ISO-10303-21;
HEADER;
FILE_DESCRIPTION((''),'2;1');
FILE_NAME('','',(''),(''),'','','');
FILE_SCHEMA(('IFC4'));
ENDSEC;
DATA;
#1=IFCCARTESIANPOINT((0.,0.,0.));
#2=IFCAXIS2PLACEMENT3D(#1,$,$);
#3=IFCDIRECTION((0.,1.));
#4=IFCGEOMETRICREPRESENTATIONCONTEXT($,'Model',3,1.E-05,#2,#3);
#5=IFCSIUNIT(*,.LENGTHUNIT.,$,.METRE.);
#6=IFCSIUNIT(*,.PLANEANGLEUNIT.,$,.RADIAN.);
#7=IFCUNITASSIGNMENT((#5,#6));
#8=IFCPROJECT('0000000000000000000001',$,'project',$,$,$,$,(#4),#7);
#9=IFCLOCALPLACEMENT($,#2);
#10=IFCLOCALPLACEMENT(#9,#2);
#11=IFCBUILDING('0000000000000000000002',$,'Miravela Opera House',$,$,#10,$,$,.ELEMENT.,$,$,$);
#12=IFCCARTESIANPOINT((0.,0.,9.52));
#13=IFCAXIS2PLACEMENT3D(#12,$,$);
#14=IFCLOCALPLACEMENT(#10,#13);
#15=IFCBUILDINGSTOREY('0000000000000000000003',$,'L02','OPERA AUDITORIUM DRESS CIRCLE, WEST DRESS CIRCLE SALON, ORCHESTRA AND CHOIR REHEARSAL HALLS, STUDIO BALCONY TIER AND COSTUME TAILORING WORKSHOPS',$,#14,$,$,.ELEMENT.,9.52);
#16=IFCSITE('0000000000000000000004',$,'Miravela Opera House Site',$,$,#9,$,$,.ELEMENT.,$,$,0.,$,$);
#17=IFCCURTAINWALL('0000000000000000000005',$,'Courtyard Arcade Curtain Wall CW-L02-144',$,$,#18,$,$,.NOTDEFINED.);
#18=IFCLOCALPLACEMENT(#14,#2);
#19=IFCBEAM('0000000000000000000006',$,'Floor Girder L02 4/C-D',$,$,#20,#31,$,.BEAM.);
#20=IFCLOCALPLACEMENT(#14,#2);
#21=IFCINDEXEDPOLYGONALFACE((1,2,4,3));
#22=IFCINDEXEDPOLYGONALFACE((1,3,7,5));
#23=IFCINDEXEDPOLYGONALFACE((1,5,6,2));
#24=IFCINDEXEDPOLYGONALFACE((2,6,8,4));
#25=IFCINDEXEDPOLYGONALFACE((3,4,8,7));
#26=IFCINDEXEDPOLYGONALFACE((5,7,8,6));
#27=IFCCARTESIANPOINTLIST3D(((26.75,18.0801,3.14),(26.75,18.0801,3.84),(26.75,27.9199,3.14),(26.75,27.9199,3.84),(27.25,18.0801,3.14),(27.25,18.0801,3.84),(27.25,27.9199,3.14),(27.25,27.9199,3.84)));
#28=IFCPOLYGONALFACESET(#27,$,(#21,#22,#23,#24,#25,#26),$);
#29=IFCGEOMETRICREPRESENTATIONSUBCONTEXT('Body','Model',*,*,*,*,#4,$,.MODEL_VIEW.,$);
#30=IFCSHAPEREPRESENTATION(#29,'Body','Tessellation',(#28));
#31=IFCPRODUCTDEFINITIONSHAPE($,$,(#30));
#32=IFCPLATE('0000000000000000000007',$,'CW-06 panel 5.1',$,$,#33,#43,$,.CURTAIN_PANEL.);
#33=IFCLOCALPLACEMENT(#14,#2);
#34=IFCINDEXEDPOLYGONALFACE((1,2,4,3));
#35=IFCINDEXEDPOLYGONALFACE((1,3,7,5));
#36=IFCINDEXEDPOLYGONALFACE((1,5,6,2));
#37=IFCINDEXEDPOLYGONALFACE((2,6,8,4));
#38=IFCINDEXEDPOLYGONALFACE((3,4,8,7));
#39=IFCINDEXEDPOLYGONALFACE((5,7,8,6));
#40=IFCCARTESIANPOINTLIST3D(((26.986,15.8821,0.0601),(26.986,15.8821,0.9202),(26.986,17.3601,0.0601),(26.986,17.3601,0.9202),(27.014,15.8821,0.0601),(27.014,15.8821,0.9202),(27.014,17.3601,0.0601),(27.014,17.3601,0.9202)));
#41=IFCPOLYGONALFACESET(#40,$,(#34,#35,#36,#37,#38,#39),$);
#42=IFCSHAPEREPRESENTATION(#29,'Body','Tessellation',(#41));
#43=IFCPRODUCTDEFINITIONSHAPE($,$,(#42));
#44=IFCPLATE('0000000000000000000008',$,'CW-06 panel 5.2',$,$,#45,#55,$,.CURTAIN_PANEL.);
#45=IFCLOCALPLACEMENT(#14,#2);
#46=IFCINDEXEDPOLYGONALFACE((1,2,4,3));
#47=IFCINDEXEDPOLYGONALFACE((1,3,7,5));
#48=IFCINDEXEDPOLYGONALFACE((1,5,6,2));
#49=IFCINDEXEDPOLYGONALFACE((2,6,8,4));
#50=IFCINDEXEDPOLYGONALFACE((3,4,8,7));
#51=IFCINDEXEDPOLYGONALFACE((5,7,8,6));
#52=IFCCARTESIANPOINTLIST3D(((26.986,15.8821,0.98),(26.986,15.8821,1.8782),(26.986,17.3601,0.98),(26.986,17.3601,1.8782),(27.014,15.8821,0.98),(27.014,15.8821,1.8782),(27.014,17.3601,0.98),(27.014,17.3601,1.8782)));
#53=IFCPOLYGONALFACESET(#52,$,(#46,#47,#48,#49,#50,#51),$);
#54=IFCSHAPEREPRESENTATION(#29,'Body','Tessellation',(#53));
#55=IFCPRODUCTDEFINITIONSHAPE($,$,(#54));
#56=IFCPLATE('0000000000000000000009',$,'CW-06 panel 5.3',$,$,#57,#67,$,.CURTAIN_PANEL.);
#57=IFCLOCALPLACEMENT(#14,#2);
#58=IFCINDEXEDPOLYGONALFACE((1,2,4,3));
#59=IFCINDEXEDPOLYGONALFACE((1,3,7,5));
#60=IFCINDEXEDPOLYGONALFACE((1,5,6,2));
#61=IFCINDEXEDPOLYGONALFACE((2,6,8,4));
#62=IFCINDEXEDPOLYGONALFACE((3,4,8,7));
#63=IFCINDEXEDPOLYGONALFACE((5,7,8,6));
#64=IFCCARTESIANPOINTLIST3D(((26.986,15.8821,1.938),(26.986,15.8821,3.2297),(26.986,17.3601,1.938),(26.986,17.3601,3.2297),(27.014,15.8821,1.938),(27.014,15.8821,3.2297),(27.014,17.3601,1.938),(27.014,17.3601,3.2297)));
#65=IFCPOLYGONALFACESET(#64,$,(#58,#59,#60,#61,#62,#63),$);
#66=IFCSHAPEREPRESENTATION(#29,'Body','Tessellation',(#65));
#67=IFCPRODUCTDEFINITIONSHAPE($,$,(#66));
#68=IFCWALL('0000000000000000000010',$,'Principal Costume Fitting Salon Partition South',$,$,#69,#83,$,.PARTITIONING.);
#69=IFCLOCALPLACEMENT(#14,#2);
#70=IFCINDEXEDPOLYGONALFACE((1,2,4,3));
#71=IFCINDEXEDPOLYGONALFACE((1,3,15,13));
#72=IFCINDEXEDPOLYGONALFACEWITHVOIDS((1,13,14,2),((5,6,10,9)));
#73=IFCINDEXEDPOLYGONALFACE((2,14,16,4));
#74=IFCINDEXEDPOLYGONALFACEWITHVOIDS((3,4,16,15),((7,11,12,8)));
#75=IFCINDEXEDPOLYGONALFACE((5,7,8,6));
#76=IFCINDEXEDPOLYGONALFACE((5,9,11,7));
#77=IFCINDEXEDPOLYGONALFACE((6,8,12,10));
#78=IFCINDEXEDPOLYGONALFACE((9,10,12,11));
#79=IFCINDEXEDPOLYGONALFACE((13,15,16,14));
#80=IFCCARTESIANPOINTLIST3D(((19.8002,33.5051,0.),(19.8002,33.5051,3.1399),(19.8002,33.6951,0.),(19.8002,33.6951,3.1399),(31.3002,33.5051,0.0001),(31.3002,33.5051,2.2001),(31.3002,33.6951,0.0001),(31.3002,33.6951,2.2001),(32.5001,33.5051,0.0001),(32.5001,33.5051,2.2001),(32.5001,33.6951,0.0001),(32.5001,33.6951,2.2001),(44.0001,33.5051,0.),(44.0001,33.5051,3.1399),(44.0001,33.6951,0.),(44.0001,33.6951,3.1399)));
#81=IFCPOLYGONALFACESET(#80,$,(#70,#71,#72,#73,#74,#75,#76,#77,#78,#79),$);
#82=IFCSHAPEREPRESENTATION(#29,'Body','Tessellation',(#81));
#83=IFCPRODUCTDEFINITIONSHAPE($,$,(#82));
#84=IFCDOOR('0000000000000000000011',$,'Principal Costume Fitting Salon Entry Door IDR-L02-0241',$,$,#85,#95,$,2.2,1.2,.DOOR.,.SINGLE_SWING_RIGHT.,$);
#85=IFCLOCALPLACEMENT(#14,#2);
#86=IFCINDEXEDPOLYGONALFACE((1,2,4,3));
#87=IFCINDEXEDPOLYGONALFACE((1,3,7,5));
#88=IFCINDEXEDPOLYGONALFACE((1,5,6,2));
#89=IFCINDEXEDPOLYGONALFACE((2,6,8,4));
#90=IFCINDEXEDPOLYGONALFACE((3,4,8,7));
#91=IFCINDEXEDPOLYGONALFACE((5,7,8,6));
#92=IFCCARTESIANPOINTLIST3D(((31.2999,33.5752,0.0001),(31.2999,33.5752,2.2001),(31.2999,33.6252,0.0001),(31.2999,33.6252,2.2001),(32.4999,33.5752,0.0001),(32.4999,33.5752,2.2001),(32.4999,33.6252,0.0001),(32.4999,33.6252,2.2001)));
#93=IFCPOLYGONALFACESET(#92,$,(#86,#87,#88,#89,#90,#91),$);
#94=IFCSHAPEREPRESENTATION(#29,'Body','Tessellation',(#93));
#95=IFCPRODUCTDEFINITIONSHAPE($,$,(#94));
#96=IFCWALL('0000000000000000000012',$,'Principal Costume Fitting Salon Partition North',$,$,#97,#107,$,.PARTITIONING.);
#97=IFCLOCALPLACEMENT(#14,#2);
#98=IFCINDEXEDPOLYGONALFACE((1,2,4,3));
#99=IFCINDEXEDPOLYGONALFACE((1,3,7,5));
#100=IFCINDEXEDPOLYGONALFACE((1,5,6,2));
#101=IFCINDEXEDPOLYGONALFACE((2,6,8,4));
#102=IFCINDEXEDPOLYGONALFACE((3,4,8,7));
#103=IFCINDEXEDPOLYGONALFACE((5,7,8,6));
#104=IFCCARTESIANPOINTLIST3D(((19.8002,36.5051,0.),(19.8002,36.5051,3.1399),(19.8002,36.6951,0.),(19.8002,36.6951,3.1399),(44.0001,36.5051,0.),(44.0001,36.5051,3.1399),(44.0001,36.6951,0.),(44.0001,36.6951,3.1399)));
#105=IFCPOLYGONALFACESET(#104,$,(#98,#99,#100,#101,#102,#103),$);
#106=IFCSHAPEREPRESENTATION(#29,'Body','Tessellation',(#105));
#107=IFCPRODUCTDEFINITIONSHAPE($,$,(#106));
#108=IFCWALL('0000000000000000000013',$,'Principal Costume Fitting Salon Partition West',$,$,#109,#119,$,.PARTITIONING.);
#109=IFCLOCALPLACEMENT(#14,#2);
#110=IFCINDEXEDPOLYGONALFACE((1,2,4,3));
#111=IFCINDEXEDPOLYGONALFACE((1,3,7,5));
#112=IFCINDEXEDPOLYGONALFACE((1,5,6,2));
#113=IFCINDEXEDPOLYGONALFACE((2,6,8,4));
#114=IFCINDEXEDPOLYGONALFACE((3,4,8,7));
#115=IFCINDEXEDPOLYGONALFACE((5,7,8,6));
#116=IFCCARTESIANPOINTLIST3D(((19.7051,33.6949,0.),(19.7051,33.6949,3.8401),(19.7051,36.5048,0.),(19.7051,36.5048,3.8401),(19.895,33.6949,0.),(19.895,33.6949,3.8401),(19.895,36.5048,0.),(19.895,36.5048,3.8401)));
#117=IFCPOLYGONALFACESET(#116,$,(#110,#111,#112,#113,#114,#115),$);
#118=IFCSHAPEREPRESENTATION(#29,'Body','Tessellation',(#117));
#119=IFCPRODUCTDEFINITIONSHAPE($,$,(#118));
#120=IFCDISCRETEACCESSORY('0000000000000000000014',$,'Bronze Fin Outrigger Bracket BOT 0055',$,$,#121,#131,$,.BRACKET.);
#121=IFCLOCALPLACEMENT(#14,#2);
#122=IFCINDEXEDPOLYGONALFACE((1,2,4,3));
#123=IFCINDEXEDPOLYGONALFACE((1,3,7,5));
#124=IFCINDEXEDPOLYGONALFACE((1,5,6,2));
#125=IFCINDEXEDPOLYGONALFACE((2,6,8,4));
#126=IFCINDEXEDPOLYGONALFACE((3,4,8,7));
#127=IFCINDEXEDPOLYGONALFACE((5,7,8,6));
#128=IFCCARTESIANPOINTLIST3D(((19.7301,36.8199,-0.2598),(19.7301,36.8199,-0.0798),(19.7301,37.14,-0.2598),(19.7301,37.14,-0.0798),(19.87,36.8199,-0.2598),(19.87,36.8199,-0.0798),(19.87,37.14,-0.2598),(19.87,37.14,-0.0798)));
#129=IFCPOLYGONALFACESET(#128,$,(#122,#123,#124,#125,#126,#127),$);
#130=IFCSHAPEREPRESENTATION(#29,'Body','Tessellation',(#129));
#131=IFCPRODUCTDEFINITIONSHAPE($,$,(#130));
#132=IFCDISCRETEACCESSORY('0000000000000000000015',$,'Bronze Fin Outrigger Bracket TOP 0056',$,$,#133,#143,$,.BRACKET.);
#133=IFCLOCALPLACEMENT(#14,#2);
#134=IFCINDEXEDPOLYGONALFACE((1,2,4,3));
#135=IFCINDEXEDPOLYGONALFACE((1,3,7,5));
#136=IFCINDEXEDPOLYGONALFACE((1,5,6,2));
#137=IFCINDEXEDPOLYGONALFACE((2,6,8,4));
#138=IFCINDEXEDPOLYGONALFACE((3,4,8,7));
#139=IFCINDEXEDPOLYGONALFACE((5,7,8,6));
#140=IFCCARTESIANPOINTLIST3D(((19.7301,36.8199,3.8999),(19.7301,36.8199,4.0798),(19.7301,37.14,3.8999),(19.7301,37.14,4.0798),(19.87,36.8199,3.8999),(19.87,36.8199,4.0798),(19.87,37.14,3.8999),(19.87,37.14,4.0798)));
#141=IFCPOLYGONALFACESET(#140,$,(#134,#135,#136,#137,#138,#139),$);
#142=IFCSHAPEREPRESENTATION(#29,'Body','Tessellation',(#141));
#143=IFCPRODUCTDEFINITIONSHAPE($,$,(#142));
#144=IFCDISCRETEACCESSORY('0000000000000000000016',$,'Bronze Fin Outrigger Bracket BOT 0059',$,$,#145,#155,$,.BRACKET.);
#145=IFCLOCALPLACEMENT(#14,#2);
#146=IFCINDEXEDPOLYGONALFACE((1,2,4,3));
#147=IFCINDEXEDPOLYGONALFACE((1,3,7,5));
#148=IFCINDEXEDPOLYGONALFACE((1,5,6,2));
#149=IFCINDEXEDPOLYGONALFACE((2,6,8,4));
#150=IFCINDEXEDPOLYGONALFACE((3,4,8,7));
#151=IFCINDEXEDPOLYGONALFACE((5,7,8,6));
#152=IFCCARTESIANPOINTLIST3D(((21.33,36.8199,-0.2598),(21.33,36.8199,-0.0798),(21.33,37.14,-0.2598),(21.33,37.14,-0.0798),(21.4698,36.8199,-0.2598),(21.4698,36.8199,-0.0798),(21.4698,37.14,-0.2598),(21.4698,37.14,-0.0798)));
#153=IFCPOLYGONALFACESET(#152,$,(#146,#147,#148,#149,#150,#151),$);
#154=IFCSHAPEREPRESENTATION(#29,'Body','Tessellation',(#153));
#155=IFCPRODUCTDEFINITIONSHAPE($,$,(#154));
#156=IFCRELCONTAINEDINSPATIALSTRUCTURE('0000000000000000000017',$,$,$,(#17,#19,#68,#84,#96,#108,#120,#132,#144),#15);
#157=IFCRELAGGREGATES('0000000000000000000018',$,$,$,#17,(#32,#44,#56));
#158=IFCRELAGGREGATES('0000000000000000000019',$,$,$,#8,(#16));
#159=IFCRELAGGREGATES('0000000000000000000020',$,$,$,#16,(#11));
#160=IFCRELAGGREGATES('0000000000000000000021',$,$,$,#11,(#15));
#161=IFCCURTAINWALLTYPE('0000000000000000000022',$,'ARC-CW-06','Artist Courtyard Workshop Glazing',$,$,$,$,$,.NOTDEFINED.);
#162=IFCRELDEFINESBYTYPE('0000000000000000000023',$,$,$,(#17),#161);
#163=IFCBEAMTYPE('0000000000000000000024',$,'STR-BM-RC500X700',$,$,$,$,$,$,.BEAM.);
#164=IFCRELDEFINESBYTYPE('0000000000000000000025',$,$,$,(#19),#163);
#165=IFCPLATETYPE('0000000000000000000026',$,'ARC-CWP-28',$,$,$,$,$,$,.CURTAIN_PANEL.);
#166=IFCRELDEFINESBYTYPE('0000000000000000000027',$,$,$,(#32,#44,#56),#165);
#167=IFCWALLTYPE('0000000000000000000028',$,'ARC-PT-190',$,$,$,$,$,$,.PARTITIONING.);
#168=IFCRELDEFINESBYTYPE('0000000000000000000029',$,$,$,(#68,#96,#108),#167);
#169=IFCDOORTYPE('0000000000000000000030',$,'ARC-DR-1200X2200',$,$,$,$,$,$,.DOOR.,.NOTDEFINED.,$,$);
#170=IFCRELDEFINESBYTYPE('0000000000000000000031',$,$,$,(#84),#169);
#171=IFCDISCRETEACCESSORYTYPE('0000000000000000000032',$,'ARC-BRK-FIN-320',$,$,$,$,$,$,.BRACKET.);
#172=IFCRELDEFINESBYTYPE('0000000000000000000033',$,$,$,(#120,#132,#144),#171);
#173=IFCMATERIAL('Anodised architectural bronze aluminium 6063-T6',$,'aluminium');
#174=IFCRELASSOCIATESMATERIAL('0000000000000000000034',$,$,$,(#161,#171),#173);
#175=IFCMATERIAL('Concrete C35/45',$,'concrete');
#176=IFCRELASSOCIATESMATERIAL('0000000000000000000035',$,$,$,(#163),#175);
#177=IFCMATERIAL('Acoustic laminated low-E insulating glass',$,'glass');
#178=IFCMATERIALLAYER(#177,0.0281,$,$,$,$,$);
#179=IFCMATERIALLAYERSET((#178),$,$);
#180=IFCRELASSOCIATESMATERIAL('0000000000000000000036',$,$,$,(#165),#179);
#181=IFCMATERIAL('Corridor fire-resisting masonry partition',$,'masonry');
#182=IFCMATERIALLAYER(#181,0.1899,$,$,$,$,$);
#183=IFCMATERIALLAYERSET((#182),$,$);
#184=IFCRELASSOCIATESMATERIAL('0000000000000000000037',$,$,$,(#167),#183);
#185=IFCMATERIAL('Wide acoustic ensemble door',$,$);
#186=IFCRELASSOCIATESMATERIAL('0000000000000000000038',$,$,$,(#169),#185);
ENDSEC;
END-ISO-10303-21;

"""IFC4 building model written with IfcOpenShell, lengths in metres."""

from ifc_helpers import new_model, si_unit, direction, frame, frame_2d, origin, origin_2d, place, context, subcontext, project, spatial, rectangle, extrude, material, layer, layer_set, material_profile, profile_set, type_object, element, fill, aggregate, save


model = new_model("IFC4")

# Units and contexts
model_context = context("Model", 3, precision=1e-05, world=origin(), true_north=direction((0.0, 1.0)))
body_context = subcontext(model_context, "Body", "Model", "MODEL_VIEW")
ifc_project = project(units=[si_unit("LENGTHUNIT", "METRE"), si_unit("PLANEANGLEUNIT", "RADIAN")], contexts=[model_context])

# Site, building, storey
site_placement = place(None, origin())
site = spatial("IfcSite", under=ifc_project, at=site_placement, Name="Miravela Opera House Site", CompositionType="ELEMENT", RefElevation=0.0)
building_placement = place(site_placement, origin())
building = spatial("IfcBuilding", under=site, at=building_placement, Name="Miravela Opera House", CompositionType="ELEMENT")
storey_placement = place(building_placement, frame((0.0, 0.0, 9.52)))
storey = spatial("IfcBuildingStorey", under=building, at=storey_placement, Name="L02", Description="OPERA AUDITORIUM DRESS CIRCLE, WEST DRESS CIRCLE SALON, ORCHESTRA AND CHOIR REHEARSAL HALLS, STUDIO BALCONY TIER AND COSTUME TAILORING WORKSHOPS", CompositionType="ELEMENT", Elevation=9.52)

# Shared definitions
ifc_material_1 = material(Name="Concrete C35/45", Category="concrete")

# Curtain wall
ifc_material_2 = material(Name="Anodised architectural bronze aluminium 6063-T6", Category="aluminium")
curtain_wall_type = type_object("IfcCurtainWallType", Name="ARC-CW-06", Description="Artist Courtyard Workshop Glazing", PredefinedType="NOTDEFINED", material=ifc_material_2)
curtain_wall_1_placement = place(storey_placement, origin())
curtain_wall_1 = element("IfcCurtainWall", 1, at=curtain_wall_1_placement, inside=storey, type_object=curtain_wall_type, Name="Courtyard Arcade Curtain Wall CW-L02-144", PredefinedType="NOTDEFINED")

# Beam
ifc_material_profile_1 = material_profile(ifc_material_1, rectangle(XDim=0.5, YDim=0.7, at=origin_2d()), Name="RC-BM-500X700")
ifc_profile_set_1 = profile_set([ifc_material_profile_1])
beam_type = type_object("IfcBeamType", Name="STR-BM-RC500X700", PredefinedType="BEAM", material=ifc_profile_set_1)
beam_placement = place(storey_placement, frame((27.0, 18.0801, 3.49), z_axis=(0.0, 1.0, 0.0), x_axis=(-1.0, 0.0, 0.0)))
element("IfcBeam", 2, at=beam_placement, inside=storey, type_object=beam_type, Name="Floor Girder L02 4/C-D", PredefinedType="BEAM", context=body_context, shape_type="SweptSolid", body=[
    extrude(rectangle(XDim=0.5, YDim=0.7, at=origin_2d()), origin(), (0.0, 0.0, 1.0), 9.8398),
])

# Plates
ifc_material_3 = material(Name="Acoustic laminated low-E insulating glass", Category="glass")
ifc_layer_1 = layer(ifc_material_3, 0.0281)
ifc_layer_set_1 = layer_set([ifc_layer_1])
plate_type = type_object("IfcPlateType", Name="ARC-CWP-28", PredefinedType="CURTAIN_PANEL", material=ifc_layer_set_1)
plate_1_placement = place(storey_placement, frame((27.0, 16.6211, 0.0601), z_axis=(0.0, 0.0, 1.0), x_axis=(0.0, 1.0, 0.0)))
plate_1 = element("IfcPlate", 3, at=plate_1_placement, type_object=plate_type, Name="CW-06 panel 5.1", PredefinedType="CURTAIN_PANEL", context=body_context, shape_type="SweptSolid", body=[
    extrude(rectangle(XDim=1.478, YDim=0.0281, at=origin_2d()), origin(), (0.0, 0.0, 1.0), 0.8601),
])
plate_2_placement = place(storey_placement, frame((27.0, 16.6211, 0.98), z_axis=(0.0, 0.0, 1.0), x_axis=(0.0, 1.0, 0.0)))
plate_2 = element("IfcPlate", 4, at=plate_2_placement, type_object=plate_type, Name="CW-06 panel 5.2", PredefinedType="CURTAIN_PANEL", context=body_context, shape_type="SweptSolid", body=[
    extrude(rectangle(XDim=1.478, YDim=0.0281, at=origin_2d()), origin(), (0.0, 0.0, 1.0), 0.8982),
])
plate_3_placement = place(storey_placement, frame((27.0, 16.6211, 1.938), z_axis=(0.0, 0.0, 1.0), x_axis=(0.0, 1.0, 0.0)))
plate_3 = element("IfcPlate", 5, at=plate_3_placement, type_object=plate_type, Name="CW-06 panel 5.3", PredefinedType="CURTAIN_PANEL", context=body_context, shape_type="SweptSolid", body=[
    extrude(rectangle(XDim=1.478, YDim=0.0281, at=origin_2d()), origin(), (0.0, 0.0, 1.0), 1.2917),
])
aggregate(curtain_wall_1, [plate_1, plate_2, plate_3])

# Wall, opening, door
ifc_material_4 = material(Name="Corridor fire-resisting masonry partition", Category="masonry")
ifc_layer_2 = layer(ifc_material_4, 0.1899)
ifc_layer_set_2 = layer_set([ifc_layer_2])
wall_type = type_object("IfcWallType", Name="ARC-PT-190", PredefinedType="PARTITIONING", material=ifc_layer_set_2)
wall_1_placement = place(storey_placement, frame((19.8, 33.6001, 0.0), z_axis=(0.0, 0.0, 1.0), x_axis=(1.0, 0.0, 0.0)))
wall_1 = element("IfcWall", 6, at=wall_1_placement, inside=storey, type_object=wall_type, Name="Principal Costume Fitting Salon Partition South", PredefinedType="PARTITIONING", context=body_context, shape_type="SweptSolid", body=[
    extrude(rectangle(XDim=24.2, YDim=0.1899, at=frame_2d((12.1001, 0.0))), origin(), (0.0, 0.0, 1.0), 3.1399),
])
opening_placement = place(wall_1_placement, frame((11.5, 0.0, 0.0)))
opening = element("IfcOpeningElement", 7, at=opening_placement, cuts=wall_1, PredefinedType="OPENING", context=body_context, shape_type="SweptSolid", body=[
    extrude(rectangle(XDim=1.2, YDim=2.2, at=frame_2d((0.6001, 1.1001))), frame((0.0, 0.105, 0.0), z_axis=(0.0, -1.0, 0.0), x_axis=(1.0, 0.0, 0.0)), (0.0, 0.0, 1.0), 0.21),
])
ifc_material_5 = material(Name="Wide acoustic ensemble door")
door_type = type_object("IfcDoorType", Name="ARC-DR-1200X2200", OperationType="NOTDEFINED", PredefinedType="DOOR", material=ifc_material_5)
door_placement = place(opening_placement, frame((1.2, 0.0, 0.0), z_axis=(0.0, 0.0, 1.0), x_axis=(-1.0, 0.0, 0.0)))
door = element("IfcDoor", 8, at=door_placement, inside=storey, type_object=door_type, Name="Principal Costume Fitting Salon Entry Door IDR-L02-0241", OperationType="SINGLE_SWING_RIGHT", OverallHeight=2.2, OverallWidth=1.2, PredefinedType="DOOR", context=body_context, shape_type="SweptSolid", body=[
    extrude(rectangle(XDim=1.2, YDim=2.2, at=frame_2d((0.6001, 1.1001))), frame((0.0, 0.0249, 0.0), z_axis=(0.0, -1.0, 0.0), x_axis=(1.0, 0.0, 0.0)), (0.0, 0.0, 1.0), 0.05),
])
fill(opening, door)

# Walls
wall_2_placement = place(storey_placement, frame((19.8, 36.6001, 0.0), z_axis=(0.0, 0.0, 1.0), x_axis=(1.0, 0.0, 0.0)))
element("IfcWall", 9, at=wall_2_placement, inside=storey, type_object=wall_type, Name="Principal Costume Fitting Salon Partition North", PredefinedType="PARTITIONING", context=body_context, shape_type="SweptSolid", body=[
    extrude(rectangle(XDim=24.2, YDim=0.1899, at=frame_2d((12.1001, 0.0))), origin(), (0.0, 0.0, 1.0), 3.1399),
])
wall_3_placement = place(storey_placement, frame((19.8, 33.6951, 0.0), z_axis=(0.0, 0.0, 1.0), x_axis=(0.0, 1.0, 0.0)))
element("IfcWall", 10, at=wall_3_placement, inside=storey, type_object=wall_type, Name="Principal Costume Fitting Salon Partition West", PredefinedType="PARTITIONING", context=body_context, shape_type="SweptSolid", body=[
    extrude(rectangle(XDim=2.8098, YDim=0.1899, at=frame_2d((1.4048, 0.0))), origin(), (0.0, 0.0, 1.0), 3.8401),
])

# Discrete accessories
discrete_accessory_type = type_object("IfcDiscreteAccessoryType", Name="ARC-BRK-FIN-320", PredefinedType="BRACKET", material=ifc_material_2)
for number, where, z_axis, x_axis, name in (
    (11, (19.8, 36.98, -0.2598), (0.0, 0.0, 1.0), (0.0, 1.0, 0.0), "Bronze Fin Outrigger Bracket BOT 0055"),
    (12, (19.8, 36.98, 3.8999), (0.0, 0.0, 1.0), (0.0, 1.0, 0.0), "Bronze Fin Outrigger Bracket TOP 0056"),
    (13, (21.3999, 36.98, -0.2598), (0.0, 0.0, 1.0), (0.0, 1.0, 0.0), "Bronze Fin Outrigger Bracket BOT 0059"),
):
    element("IfcDiscreteAccessory", number, at=place(storey_placement, frame(where, z_axis=z_axis, x_axis=x_axis)), inside=storey, type_object=discrete_accessory_type, Name=name, PredefinedType="BRACKET", context=body_context, shape_type="SweptSolid", body=[
        extrude(rectangle(XDim=0.3201, YDim=0.1399, at=origin_2d()), origin(), (0.0, 0.0, 1.0), 0.1799),
    ])

save(model, "model.ifc")
